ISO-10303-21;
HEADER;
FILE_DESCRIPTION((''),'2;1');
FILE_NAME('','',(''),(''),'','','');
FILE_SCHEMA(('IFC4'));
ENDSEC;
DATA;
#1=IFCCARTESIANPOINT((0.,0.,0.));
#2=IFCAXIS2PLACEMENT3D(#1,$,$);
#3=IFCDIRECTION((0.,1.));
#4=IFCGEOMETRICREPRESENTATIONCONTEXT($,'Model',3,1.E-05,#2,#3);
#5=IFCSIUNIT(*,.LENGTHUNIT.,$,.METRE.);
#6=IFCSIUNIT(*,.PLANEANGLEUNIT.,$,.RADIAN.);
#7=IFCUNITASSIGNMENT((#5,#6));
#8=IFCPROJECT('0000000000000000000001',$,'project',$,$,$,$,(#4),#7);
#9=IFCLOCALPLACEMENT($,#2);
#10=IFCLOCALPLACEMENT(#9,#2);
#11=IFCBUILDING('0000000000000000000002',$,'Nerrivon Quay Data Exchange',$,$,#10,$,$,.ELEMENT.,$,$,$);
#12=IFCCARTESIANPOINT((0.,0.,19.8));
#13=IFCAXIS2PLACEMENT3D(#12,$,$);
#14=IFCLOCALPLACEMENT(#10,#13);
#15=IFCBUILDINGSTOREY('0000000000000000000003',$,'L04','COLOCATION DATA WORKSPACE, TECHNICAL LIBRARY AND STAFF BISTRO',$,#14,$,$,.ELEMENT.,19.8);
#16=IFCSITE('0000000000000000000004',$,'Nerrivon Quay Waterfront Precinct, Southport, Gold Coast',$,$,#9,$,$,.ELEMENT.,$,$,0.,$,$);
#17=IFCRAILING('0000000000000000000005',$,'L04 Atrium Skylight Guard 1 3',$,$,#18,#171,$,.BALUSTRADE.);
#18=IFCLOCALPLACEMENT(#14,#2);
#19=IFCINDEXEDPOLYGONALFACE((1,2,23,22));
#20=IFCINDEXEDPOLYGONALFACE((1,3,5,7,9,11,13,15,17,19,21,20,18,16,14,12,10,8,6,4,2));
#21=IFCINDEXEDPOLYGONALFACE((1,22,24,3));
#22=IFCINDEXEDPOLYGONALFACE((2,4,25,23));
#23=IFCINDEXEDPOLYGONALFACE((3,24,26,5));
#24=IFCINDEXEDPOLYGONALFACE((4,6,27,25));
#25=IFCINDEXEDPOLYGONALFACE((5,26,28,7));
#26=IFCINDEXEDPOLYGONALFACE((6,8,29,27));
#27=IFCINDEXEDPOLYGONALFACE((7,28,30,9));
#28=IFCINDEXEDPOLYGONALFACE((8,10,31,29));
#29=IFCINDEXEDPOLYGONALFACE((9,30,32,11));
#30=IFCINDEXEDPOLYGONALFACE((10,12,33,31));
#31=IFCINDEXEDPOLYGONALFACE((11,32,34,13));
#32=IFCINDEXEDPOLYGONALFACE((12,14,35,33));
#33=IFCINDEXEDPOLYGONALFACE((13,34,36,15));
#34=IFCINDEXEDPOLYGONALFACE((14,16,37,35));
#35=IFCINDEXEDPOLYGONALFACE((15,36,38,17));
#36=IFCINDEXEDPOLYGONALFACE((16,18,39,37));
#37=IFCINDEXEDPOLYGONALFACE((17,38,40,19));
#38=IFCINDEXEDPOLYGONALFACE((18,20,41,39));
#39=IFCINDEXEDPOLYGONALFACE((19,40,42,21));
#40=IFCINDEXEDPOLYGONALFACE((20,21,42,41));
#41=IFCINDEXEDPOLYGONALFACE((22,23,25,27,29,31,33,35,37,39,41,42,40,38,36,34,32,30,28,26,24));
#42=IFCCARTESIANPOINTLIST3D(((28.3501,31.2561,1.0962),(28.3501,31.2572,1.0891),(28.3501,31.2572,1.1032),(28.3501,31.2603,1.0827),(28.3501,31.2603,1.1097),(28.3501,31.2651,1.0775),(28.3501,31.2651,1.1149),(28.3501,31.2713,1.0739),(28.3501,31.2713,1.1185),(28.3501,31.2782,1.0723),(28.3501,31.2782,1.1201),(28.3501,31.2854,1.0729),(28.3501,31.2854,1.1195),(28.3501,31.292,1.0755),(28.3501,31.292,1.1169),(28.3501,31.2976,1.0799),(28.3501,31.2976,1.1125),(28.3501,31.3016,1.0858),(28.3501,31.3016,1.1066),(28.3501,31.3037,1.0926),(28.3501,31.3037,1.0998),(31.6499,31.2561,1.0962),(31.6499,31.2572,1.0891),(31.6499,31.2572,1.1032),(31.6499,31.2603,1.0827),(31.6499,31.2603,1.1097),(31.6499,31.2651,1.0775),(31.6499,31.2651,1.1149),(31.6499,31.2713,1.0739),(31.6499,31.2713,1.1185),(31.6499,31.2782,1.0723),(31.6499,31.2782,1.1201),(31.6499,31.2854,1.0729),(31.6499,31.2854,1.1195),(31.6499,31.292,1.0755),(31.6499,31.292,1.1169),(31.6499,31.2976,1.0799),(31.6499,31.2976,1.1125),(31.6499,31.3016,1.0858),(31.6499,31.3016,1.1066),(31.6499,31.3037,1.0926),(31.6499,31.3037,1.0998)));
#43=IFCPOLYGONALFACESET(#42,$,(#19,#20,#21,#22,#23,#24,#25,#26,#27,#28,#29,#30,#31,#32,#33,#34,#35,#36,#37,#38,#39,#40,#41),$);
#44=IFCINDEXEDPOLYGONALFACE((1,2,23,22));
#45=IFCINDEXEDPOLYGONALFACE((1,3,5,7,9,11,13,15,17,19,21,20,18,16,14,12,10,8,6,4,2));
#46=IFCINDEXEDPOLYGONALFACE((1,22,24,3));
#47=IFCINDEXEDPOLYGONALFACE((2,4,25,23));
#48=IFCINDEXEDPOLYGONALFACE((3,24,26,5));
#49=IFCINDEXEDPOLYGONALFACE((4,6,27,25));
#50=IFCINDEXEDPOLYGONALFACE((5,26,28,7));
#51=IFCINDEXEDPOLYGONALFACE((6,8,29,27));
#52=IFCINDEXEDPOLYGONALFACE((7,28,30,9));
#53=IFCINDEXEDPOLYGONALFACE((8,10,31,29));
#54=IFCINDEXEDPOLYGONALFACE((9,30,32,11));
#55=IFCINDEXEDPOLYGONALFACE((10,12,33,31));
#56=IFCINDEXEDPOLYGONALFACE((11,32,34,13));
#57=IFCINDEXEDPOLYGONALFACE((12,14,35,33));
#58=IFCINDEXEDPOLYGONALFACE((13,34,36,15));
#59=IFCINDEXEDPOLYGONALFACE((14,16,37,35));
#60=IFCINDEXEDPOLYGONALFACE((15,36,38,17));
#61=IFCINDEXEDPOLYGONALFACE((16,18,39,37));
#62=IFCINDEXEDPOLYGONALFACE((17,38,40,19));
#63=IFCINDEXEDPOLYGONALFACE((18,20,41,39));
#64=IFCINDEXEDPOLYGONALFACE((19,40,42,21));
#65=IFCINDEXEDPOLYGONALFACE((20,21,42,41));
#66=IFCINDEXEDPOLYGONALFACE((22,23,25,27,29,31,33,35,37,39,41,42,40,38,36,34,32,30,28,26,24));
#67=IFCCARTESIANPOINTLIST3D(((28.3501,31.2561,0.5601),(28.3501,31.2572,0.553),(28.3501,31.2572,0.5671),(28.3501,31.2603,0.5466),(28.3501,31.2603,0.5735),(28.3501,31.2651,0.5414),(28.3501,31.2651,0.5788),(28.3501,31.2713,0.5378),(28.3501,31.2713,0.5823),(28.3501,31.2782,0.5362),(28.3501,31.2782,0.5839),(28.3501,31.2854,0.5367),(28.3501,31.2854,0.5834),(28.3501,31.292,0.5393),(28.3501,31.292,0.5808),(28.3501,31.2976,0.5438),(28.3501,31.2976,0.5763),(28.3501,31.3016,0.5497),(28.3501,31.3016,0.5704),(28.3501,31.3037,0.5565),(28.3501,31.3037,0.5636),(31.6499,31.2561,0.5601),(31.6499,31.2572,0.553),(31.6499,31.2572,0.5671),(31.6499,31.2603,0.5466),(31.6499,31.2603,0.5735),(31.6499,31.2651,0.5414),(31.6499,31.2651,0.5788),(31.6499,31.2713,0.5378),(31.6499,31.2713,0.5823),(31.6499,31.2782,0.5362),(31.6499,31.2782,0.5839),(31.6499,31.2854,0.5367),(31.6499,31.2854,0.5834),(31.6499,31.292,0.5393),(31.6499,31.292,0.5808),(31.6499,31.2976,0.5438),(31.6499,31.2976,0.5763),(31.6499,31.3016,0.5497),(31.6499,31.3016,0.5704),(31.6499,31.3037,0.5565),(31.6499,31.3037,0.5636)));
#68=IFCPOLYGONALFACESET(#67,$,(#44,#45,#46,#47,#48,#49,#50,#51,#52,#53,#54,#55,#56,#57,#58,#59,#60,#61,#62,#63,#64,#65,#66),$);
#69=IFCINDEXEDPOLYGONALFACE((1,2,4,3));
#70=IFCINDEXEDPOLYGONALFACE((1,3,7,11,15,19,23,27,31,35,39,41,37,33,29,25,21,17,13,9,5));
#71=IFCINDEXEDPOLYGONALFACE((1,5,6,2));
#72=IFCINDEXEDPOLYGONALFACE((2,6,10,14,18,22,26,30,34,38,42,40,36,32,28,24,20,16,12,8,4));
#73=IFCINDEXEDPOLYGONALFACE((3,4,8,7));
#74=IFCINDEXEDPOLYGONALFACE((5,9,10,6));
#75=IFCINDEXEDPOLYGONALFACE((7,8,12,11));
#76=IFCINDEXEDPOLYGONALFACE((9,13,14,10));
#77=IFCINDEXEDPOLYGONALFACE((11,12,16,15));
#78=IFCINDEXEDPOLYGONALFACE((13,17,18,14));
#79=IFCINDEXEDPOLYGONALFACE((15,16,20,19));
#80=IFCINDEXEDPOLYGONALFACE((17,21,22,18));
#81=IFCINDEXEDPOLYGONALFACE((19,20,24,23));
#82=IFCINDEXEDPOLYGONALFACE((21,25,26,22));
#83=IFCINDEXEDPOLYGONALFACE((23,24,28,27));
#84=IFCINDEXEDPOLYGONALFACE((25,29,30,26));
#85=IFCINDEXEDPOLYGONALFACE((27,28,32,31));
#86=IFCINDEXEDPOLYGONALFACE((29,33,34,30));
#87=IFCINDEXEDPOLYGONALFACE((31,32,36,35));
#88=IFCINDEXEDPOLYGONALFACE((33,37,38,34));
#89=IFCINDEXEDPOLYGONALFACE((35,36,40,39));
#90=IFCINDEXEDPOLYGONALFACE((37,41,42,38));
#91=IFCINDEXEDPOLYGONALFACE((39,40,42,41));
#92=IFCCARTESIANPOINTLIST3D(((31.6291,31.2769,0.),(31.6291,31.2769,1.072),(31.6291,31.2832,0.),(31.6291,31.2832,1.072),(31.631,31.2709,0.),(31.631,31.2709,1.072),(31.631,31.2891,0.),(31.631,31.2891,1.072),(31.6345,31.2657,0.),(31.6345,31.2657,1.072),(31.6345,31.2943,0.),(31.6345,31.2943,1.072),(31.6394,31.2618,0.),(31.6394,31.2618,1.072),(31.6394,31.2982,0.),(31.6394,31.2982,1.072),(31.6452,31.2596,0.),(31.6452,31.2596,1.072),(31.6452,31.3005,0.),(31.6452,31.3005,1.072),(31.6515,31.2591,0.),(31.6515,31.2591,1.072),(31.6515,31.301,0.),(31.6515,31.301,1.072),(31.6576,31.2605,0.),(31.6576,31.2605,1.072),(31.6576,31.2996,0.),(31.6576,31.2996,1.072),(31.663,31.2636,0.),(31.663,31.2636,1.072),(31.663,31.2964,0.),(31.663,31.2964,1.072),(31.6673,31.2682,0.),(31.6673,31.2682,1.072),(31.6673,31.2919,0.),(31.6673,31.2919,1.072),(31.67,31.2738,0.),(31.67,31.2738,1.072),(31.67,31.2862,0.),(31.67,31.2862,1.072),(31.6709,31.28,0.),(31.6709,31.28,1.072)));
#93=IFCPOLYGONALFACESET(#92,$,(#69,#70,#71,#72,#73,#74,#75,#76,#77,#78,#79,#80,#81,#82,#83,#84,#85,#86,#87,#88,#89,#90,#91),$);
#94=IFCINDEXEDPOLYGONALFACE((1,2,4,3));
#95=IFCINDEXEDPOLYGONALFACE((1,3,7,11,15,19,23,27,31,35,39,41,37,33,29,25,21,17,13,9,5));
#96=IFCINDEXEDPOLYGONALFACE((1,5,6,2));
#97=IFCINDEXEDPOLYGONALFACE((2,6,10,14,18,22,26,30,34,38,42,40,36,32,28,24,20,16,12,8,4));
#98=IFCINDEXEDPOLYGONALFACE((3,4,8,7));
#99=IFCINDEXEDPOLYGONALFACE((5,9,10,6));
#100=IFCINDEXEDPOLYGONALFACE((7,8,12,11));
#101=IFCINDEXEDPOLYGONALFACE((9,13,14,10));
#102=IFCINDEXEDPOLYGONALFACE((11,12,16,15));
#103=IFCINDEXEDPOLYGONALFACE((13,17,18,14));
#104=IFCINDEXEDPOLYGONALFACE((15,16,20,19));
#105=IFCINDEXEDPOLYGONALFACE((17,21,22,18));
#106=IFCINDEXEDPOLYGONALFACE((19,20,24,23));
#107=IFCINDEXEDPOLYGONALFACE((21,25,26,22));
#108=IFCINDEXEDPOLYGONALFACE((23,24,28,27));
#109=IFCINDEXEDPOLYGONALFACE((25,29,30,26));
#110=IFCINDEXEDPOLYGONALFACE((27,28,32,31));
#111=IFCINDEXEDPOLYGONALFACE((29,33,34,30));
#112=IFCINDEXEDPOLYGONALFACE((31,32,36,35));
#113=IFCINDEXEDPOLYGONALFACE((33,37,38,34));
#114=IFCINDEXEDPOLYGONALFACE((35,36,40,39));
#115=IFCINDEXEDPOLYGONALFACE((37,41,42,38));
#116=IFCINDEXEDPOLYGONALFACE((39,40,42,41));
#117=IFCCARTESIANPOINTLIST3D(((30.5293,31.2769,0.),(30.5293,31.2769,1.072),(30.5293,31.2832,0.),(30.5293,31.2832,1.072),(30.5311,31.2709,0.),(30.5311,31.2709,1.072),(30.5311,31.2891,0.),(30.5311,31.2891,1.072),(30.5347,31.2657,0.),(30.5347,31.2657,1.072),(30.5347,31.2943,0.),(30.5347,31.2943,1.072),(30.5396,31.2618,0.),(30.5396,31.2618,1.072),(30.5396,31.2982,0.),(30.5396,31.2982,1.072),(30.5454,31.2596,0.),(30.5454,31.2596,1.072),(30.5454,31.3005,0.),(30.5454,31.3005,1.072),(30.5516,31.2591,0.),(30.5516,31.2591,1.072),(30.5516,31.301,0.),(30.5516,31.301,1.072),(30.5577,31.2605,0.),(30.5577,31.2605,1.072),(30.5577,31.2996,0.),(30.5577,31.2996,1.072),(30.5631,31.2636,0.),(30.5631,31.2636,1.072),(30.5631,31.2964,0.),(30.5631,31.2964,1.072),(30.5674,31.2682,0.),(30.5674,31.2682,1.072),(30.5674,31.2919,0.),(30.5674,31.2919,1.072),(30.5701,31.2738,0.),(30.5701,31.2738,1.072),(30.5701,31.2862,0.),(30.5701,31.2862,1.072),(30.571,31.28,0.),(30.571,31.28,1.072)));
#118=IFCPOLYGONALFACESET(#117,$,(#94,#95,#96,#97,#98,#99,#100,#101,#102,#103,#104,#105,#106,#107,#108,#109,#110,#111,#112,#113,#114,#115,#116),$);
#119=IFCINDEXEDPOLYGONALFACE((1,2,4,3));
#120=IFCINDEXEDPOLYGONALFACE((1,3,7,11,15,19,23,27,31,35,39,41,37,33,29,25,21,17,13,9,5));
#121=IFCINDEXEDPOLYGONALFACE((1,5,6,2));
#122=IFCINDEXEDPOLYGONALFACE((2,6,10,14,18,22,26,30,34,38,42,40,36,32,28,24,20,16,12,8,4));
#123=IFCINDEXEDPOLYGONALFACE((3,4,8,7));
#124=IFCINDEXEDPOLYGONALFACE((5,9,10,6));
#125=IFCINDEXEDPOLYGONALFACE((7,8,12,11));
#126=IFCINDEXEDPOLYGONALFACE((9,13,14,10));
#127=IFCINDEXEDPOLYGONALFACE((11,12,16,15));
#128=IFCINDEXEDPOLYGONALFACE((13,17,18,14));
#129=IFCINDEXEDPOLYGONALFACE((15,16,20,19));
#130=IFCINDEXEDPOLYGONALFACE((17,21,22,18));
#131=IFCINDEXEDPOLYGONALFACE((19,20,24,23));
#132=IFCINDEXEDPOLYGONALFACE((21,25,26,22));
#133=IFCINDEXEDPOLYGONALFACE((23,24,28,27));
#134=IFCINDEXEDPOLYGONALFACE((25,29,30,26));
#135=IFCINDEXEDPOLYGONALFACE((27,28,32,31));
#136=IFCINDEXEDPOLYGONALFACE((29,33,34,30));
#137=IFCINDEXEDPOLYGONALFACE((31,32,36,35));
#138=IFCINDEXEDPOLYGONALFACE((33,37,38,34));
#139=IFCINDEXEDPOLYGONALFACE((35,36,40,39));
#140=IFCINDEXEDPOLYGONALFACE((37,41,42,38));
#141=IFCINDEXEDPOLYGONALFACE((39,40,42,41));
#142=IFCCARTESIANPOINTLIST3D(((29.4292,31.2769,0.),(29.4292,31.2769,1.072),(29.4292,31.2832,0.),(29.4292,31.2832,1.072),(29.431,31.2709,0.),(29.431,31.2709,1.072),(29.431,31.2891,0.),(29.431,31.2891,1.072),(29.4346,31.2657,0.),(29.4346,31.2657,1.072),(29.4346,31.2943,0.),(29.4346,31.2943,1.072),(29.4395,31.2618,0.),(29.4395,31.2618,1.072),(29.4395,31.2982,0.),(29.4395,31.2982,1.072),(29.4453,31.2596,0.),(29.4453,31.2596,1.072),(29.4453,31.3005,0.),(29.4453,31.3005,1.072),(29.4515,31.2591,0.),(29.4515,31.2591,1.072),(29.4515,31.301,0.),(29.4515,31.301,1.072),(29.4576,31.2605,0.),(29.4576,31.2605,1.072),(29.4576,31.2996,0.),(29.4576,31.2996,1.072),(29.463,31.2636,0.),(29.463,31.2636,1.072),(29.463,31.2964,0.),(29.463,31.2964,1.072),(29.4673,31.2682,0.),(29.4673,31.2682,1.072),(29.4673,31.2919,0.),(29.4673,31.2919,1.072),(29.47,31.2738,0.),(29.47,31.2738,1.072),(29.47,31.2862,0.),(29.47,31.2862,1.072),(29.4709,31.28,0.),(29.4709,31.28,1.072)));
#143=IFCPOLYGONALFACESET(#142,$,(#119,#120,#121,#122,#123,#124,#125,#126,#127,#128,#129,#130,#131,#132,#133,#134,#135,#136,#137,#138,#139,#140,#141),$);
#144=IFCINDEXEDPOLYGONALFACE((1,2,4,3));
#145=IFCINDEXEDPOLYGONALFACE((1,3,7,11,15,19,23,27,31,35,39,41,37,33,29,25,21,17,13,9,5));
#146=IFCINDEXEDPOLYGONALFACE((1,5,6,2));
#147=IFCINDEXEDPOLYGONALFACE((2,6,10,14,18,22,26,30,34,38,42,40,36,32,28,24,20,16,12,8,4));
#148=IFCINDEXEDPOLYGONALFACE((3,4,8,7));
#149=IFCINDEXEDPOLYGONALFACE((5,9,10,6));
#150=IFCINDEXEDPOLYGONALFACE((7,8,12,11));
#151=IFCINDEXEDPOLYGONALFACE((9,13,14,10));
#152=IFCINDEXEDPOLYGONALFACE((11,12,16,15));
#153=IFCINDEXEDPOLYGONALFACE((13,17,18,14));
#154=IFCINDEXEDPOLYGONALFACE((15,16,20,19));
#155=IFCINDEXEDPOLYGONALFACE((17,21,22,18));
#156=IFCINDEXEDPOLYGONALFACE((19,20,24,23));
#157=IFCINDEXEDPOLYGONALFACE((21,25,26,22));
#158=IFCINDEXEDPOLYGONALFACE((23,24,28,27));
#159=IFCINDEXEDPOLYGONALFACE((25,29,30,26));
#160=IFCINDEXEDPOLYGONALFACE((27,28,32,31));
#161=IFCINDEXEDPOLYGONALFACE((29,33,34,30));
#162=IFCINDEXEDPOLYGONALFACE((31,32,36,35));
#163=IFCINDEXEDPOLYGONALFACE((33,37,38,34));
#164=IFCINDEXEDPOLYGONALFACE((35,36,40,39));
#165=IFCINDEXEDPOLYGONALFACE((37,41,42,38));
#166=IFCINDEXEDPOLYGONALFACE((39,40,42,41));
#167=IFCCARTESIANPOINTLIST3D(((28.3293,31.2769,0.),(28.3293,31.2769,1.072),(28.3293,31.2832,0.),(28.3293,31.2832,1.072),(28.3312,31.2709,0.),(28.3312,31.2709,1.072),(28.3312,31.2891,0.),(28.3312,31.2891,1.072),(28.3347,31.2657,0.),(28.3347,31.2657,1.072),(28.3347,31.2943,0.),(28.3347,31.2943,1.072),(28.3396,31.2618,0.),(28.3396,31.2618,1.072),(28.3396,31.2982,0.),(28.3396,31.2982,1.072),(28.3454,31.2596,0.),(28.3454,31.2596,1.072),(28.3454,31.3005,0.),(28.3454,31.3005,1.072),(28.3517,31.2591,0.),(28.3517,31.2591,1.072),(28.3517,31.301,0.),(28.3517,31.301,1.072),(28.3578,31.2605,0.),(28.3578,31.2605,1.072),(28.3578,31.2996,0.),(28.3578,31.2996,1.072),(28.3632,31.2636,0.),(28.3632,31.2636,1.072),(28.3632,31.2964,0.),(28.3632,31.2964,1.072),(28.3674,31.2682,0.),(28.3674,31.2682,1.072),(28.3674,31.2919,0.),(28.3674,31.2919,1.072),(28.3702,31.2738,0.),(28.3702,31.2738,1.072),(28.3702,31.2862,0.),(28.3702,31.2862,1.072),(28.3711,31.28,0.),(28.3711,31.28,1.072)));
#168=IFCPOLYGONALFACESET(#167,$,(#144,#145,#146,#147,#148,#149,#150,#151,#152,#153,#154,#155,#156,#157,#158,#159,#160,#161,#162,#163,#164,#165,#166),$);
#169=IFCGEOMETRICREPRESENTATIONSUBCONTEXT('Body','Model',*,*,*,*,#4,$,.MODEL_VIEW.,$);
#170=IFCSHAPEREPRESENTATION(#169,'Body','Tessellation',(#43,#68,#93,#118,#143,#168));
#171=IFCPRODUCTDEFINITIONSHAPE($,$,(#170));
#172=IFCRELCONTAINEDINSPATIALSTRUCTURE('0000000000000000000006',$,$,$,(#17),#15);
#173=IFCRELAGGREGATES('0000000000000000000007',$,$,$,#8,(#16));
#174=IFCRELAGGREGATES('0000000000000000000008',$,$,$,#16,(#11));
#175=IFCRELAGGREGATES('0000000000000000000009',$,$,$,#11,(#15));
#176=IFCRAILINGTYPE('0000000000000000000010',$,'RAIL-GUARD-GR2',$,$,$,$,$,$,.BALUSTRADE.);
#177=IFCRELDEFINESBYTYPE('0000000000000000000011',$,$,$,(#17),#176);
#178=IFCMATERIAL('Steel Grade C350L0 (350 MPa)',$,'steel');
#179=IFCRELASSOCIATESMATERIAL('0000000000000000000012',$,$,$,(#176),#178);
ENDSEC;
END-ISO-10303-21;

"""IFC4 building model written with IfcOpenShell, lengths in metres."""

from ifc_helpers import new_model, si_unit, direction, frame, origin, origin_2d, place, context, subcontext, project, spatial, circle, extrude, material, type_object, element, save


model = new_model("IFC4")

# Units and contexts
model_context = context("Model", 3, precision=1e-05, world=origin(), true_north=direction((0.0, 1.0)))
body_context = subcontext(model_context, "Body", "Model", "MODEL_VIEW")
ifc_project = project(units=[si_unit("LENGTHUNIT", "METRE"), si_unit("PLANEANGLEUNIT", "RADIAN")], contexts=[model_context])

# Site, building, storey
site_placement = place(None, origin())
site = spatial("IfcSite", under=ifc_project, at=site_placement, Name="Nerrivon Quay Waterfront Precinct, Southport, Gold Coast", CompositionType="ELEMENT", RefElevation=0.0)
building_placement = place(site_placement, origin())
building = spatial("IfcBuilding", under=site, at=building_placement, Name="Nerrivon Quay Data Exchange", CompositionType="ELEMENT")
storey_placement = place(building_placement, frame((0.0, 0.0, 19.8)))
storey = spatial("IfcBuildingStorey", under=building, at=storey_placement, Name="L04", Description="COLOCATION DATA WORKSPACE, TECHNICAL LIBRARY AND STAFF BISTRO", CompositionType="ELEMENT", Elevation=19.8)

# Railing
ifc_material_1 = material(Name="Steel Grade C350L0 (350 MPa)", Category="steel")
railing_type = type_object("IfcRailingType", Name="RAIL-GUARD-GR2", PredefinedType="BALUSTRADE", material=ifc_material_1)
railing_1_placement = place(storey_placement, frame((31.6499, 31.28, 0.0)))
element("IfcRailing", 1, at=railing_1_placement, inside=storey, type_object=railing_type, Name="L04 Atrium Skylight Guard 1 3", PredefinedType="BALUSTRADE", context=body_context, shape_type="SweptSolid", body=[
    extrude(circle(Radius=0.0239, at=origin_2d()), frame((0.0, 0.0, 1.0962), z_axis=(-1.0, 0.0, 0.0), x_axis=(0.0, -1.0, 0.0)), (0.0, 0.0, 1.0), 3.2998),
    extrude(circle(Radius=0.0239, at=origin_2d()), frame((0.0, 0.0, 0.5601), z_axis=(-1.0, 0.0, 0.0), x_axis=(0.0, -1.0, 0.0)), (0.0, 0.0, 1.0), 3.2998),
    extrude(circle(Radius=0.021, at=origin_2d()), origin(), (0.0, 0.0, 1.0), 1.072),
    extrude(circle(Radius=0.021, at=origin_2d()), frame((-1.0999, 0.0, 0.0)), (0.0, 0.0, 1.0), 1.072),
    extrude(circle(Radius=0.021, at=origin_2d()), frame((-2.2, 0.0, 0.0)), (0.0, 0.0, 1.0), 1.072),
    extrude(circle(Radius=0.021, at=origin_2d()), frame((-3.2998, 0.0, 0.0)), (0.0, 0.0, 1.0), 1.072),
])

save(model, "model.ifc")
